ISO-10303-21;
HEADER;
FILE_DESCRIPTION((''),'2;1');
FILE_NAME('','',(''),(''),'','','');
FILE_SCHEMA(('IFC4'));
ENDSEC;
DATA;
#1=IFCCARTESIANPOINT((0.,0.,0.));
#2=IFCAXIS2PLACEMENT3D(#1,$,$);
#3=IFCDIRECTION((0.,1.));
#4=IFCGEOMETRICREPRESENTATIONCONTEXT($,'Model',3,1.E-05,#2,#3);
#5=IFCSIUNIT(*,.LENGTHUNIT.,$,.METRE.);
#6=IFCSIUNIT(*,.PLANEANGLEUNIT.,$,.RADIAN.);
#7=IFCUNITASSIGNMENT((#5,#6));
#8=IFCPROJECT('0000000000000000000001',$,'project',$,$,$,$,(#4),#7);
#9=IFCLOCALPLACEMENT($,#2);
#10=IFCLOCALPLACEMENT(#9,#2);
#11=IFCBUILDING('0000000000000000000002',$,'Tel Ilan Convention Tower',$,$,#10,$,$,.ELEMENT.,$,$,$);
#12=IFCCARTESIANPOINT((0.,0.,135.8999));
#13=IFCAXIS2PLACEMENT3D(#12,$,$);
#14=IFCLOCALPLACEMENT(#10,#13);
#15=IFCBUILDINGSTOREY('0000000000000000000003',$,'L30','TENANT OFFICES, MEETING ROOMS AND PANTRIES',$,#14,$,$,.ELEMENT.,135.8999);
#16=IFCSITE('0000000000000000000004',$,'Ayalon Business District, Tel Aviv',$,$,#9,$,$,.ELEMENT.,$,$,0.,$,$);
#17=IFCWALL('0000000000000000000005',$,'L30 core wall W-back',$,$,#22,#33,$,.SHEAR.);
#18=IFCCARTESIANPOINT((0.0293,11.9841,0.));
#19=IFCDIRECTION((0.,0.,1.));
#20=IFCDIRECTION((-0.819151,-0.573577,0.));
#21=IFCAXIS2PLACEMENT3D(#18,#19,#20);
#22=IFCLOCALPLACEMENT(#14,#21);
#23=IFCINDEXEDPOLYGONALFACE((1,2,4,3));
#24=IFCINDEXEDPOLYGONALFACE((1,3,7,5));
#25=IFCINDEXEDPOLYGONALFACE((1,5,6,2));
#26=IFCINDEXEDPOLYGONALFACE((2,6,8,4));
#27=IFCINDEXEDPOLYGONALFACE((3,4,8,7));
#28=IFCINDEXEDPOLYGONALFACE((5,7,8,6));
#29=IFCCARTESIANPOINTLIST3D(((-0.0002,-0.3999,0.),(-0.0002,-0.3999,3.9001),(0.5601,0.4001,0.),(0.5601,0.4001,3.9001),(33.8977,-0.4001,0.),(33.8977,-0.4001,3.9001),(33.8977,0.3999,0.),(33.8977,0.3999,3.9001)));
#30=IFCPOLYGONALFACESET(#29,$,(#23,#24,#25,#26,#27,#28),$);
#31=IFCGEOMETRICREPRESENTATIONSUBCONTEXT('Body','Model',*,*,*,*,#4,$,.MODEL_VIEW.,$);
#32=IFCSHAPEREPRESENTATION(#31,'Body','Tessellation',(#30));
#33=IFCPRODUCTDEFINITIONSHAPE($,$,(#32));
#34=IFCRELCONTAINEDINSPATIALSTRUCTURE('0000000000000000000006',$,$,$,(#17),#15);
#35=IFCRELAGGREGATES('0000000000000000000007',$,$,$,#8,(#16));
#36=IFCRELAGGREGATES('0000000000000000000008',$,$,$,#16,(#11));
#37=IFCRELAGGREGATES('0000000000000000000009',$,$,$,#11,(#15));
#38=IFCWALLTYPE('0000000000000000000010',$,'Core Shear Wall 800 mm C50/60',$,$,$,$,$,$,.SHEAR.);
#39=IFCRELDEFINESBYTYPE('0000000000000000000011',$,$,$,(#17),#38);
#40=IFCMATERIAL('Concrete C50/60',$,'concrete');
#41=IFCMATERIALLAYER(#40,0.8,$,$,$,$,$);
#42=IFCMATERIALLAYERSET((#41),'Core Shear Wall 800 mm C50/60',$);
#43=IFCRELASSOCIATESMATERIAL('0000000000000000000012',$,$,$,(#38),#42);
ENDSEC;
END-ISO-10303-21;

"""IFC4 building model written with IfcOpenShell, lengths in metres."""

from ifc_helpers import new_model, si_unit, direction, frame, origin, place, context, subcontext, project, spatial, polyline, outline, extrude, material, layer, layer_set, type_object, element, save


model = new_model("IFC4")

# Units and contexts
model_context = context("Model", 3, precision=1e-05, world=origin(), true_north=direction((0.0, 1.0)))
body_context = subcontext(model_context, "Body", "Model", "MODEL_VIEW")
ifc_project = project(units=[si_unit("LENGTHUNIT", "METRE"), si_unit("PLANEANGLEUNIT", "RADIAN")], contexts=[model_context])

# Site, building, storey
site_placement = place(None, origin())
site = spatial("IfcSite", under=ifc_project, at=site_placement, Name="Ayalon Business District, Tel Aviv", CompositionType="ELEMENT", RefElevation=0.0)
building_placement = place(site_placement, origin())
building = spatial("IfcBuilding", under=site, at=building_placement, Name="Tel Ilan Convention Tower", CompositionType="ELEMENT")
storey_placement = place(building_placement, frame((0.0, 0.0, 135.8999)))
storey = spatial("IfcBuildingStorey", under=building, at=storey_placement, Name="L30", Description="TENANT OFFICES, MEETING ROOMS AND PANTRIES", CompositionType="ELEMENT", Elevation=135.8999)

# Wall
ifc_material_1 = material(Name="Concrete C50/60", Category="concrete")
ifc_layer_1 = layer(ifc_material_1, 0.8)
ifc_layer_set_1 = layer_set([ifc_layer_1], Name="Core Shear Wall 800 mm C50/60")
wall_type_1 = type_object("IfcWallType", Name="Core Shear Wall 800 mm C50/60", PredefinedType="SHEAR", material=ifc_layer_set_1)
wall_1_placement = place(storey_placement, frame((0.0293, 11.9841, 0.0), z_axis=(0.0, 0.0, 1.0), x_axis=(-0.819151, -0.573577, 0.0)))
element("IfcWall", 1, at=wall_1_placement, inside=storey, type_object=wall_type_1, Name="L30 core wall W-back", PredefinedType="SHEAR", context=body_context, shape_type="SweptSolid", body=[
    extrude(outline(polyline([(33.8977, 0.3999), (0.5601, 0.4001), (-0.0002, -0.3999), (33.8977, -0.4001), (33.8977, 0.3999)])), origin(), (0.0, 0.0, 1.0), 3.9001),
])

save(model, "model.ifc")
